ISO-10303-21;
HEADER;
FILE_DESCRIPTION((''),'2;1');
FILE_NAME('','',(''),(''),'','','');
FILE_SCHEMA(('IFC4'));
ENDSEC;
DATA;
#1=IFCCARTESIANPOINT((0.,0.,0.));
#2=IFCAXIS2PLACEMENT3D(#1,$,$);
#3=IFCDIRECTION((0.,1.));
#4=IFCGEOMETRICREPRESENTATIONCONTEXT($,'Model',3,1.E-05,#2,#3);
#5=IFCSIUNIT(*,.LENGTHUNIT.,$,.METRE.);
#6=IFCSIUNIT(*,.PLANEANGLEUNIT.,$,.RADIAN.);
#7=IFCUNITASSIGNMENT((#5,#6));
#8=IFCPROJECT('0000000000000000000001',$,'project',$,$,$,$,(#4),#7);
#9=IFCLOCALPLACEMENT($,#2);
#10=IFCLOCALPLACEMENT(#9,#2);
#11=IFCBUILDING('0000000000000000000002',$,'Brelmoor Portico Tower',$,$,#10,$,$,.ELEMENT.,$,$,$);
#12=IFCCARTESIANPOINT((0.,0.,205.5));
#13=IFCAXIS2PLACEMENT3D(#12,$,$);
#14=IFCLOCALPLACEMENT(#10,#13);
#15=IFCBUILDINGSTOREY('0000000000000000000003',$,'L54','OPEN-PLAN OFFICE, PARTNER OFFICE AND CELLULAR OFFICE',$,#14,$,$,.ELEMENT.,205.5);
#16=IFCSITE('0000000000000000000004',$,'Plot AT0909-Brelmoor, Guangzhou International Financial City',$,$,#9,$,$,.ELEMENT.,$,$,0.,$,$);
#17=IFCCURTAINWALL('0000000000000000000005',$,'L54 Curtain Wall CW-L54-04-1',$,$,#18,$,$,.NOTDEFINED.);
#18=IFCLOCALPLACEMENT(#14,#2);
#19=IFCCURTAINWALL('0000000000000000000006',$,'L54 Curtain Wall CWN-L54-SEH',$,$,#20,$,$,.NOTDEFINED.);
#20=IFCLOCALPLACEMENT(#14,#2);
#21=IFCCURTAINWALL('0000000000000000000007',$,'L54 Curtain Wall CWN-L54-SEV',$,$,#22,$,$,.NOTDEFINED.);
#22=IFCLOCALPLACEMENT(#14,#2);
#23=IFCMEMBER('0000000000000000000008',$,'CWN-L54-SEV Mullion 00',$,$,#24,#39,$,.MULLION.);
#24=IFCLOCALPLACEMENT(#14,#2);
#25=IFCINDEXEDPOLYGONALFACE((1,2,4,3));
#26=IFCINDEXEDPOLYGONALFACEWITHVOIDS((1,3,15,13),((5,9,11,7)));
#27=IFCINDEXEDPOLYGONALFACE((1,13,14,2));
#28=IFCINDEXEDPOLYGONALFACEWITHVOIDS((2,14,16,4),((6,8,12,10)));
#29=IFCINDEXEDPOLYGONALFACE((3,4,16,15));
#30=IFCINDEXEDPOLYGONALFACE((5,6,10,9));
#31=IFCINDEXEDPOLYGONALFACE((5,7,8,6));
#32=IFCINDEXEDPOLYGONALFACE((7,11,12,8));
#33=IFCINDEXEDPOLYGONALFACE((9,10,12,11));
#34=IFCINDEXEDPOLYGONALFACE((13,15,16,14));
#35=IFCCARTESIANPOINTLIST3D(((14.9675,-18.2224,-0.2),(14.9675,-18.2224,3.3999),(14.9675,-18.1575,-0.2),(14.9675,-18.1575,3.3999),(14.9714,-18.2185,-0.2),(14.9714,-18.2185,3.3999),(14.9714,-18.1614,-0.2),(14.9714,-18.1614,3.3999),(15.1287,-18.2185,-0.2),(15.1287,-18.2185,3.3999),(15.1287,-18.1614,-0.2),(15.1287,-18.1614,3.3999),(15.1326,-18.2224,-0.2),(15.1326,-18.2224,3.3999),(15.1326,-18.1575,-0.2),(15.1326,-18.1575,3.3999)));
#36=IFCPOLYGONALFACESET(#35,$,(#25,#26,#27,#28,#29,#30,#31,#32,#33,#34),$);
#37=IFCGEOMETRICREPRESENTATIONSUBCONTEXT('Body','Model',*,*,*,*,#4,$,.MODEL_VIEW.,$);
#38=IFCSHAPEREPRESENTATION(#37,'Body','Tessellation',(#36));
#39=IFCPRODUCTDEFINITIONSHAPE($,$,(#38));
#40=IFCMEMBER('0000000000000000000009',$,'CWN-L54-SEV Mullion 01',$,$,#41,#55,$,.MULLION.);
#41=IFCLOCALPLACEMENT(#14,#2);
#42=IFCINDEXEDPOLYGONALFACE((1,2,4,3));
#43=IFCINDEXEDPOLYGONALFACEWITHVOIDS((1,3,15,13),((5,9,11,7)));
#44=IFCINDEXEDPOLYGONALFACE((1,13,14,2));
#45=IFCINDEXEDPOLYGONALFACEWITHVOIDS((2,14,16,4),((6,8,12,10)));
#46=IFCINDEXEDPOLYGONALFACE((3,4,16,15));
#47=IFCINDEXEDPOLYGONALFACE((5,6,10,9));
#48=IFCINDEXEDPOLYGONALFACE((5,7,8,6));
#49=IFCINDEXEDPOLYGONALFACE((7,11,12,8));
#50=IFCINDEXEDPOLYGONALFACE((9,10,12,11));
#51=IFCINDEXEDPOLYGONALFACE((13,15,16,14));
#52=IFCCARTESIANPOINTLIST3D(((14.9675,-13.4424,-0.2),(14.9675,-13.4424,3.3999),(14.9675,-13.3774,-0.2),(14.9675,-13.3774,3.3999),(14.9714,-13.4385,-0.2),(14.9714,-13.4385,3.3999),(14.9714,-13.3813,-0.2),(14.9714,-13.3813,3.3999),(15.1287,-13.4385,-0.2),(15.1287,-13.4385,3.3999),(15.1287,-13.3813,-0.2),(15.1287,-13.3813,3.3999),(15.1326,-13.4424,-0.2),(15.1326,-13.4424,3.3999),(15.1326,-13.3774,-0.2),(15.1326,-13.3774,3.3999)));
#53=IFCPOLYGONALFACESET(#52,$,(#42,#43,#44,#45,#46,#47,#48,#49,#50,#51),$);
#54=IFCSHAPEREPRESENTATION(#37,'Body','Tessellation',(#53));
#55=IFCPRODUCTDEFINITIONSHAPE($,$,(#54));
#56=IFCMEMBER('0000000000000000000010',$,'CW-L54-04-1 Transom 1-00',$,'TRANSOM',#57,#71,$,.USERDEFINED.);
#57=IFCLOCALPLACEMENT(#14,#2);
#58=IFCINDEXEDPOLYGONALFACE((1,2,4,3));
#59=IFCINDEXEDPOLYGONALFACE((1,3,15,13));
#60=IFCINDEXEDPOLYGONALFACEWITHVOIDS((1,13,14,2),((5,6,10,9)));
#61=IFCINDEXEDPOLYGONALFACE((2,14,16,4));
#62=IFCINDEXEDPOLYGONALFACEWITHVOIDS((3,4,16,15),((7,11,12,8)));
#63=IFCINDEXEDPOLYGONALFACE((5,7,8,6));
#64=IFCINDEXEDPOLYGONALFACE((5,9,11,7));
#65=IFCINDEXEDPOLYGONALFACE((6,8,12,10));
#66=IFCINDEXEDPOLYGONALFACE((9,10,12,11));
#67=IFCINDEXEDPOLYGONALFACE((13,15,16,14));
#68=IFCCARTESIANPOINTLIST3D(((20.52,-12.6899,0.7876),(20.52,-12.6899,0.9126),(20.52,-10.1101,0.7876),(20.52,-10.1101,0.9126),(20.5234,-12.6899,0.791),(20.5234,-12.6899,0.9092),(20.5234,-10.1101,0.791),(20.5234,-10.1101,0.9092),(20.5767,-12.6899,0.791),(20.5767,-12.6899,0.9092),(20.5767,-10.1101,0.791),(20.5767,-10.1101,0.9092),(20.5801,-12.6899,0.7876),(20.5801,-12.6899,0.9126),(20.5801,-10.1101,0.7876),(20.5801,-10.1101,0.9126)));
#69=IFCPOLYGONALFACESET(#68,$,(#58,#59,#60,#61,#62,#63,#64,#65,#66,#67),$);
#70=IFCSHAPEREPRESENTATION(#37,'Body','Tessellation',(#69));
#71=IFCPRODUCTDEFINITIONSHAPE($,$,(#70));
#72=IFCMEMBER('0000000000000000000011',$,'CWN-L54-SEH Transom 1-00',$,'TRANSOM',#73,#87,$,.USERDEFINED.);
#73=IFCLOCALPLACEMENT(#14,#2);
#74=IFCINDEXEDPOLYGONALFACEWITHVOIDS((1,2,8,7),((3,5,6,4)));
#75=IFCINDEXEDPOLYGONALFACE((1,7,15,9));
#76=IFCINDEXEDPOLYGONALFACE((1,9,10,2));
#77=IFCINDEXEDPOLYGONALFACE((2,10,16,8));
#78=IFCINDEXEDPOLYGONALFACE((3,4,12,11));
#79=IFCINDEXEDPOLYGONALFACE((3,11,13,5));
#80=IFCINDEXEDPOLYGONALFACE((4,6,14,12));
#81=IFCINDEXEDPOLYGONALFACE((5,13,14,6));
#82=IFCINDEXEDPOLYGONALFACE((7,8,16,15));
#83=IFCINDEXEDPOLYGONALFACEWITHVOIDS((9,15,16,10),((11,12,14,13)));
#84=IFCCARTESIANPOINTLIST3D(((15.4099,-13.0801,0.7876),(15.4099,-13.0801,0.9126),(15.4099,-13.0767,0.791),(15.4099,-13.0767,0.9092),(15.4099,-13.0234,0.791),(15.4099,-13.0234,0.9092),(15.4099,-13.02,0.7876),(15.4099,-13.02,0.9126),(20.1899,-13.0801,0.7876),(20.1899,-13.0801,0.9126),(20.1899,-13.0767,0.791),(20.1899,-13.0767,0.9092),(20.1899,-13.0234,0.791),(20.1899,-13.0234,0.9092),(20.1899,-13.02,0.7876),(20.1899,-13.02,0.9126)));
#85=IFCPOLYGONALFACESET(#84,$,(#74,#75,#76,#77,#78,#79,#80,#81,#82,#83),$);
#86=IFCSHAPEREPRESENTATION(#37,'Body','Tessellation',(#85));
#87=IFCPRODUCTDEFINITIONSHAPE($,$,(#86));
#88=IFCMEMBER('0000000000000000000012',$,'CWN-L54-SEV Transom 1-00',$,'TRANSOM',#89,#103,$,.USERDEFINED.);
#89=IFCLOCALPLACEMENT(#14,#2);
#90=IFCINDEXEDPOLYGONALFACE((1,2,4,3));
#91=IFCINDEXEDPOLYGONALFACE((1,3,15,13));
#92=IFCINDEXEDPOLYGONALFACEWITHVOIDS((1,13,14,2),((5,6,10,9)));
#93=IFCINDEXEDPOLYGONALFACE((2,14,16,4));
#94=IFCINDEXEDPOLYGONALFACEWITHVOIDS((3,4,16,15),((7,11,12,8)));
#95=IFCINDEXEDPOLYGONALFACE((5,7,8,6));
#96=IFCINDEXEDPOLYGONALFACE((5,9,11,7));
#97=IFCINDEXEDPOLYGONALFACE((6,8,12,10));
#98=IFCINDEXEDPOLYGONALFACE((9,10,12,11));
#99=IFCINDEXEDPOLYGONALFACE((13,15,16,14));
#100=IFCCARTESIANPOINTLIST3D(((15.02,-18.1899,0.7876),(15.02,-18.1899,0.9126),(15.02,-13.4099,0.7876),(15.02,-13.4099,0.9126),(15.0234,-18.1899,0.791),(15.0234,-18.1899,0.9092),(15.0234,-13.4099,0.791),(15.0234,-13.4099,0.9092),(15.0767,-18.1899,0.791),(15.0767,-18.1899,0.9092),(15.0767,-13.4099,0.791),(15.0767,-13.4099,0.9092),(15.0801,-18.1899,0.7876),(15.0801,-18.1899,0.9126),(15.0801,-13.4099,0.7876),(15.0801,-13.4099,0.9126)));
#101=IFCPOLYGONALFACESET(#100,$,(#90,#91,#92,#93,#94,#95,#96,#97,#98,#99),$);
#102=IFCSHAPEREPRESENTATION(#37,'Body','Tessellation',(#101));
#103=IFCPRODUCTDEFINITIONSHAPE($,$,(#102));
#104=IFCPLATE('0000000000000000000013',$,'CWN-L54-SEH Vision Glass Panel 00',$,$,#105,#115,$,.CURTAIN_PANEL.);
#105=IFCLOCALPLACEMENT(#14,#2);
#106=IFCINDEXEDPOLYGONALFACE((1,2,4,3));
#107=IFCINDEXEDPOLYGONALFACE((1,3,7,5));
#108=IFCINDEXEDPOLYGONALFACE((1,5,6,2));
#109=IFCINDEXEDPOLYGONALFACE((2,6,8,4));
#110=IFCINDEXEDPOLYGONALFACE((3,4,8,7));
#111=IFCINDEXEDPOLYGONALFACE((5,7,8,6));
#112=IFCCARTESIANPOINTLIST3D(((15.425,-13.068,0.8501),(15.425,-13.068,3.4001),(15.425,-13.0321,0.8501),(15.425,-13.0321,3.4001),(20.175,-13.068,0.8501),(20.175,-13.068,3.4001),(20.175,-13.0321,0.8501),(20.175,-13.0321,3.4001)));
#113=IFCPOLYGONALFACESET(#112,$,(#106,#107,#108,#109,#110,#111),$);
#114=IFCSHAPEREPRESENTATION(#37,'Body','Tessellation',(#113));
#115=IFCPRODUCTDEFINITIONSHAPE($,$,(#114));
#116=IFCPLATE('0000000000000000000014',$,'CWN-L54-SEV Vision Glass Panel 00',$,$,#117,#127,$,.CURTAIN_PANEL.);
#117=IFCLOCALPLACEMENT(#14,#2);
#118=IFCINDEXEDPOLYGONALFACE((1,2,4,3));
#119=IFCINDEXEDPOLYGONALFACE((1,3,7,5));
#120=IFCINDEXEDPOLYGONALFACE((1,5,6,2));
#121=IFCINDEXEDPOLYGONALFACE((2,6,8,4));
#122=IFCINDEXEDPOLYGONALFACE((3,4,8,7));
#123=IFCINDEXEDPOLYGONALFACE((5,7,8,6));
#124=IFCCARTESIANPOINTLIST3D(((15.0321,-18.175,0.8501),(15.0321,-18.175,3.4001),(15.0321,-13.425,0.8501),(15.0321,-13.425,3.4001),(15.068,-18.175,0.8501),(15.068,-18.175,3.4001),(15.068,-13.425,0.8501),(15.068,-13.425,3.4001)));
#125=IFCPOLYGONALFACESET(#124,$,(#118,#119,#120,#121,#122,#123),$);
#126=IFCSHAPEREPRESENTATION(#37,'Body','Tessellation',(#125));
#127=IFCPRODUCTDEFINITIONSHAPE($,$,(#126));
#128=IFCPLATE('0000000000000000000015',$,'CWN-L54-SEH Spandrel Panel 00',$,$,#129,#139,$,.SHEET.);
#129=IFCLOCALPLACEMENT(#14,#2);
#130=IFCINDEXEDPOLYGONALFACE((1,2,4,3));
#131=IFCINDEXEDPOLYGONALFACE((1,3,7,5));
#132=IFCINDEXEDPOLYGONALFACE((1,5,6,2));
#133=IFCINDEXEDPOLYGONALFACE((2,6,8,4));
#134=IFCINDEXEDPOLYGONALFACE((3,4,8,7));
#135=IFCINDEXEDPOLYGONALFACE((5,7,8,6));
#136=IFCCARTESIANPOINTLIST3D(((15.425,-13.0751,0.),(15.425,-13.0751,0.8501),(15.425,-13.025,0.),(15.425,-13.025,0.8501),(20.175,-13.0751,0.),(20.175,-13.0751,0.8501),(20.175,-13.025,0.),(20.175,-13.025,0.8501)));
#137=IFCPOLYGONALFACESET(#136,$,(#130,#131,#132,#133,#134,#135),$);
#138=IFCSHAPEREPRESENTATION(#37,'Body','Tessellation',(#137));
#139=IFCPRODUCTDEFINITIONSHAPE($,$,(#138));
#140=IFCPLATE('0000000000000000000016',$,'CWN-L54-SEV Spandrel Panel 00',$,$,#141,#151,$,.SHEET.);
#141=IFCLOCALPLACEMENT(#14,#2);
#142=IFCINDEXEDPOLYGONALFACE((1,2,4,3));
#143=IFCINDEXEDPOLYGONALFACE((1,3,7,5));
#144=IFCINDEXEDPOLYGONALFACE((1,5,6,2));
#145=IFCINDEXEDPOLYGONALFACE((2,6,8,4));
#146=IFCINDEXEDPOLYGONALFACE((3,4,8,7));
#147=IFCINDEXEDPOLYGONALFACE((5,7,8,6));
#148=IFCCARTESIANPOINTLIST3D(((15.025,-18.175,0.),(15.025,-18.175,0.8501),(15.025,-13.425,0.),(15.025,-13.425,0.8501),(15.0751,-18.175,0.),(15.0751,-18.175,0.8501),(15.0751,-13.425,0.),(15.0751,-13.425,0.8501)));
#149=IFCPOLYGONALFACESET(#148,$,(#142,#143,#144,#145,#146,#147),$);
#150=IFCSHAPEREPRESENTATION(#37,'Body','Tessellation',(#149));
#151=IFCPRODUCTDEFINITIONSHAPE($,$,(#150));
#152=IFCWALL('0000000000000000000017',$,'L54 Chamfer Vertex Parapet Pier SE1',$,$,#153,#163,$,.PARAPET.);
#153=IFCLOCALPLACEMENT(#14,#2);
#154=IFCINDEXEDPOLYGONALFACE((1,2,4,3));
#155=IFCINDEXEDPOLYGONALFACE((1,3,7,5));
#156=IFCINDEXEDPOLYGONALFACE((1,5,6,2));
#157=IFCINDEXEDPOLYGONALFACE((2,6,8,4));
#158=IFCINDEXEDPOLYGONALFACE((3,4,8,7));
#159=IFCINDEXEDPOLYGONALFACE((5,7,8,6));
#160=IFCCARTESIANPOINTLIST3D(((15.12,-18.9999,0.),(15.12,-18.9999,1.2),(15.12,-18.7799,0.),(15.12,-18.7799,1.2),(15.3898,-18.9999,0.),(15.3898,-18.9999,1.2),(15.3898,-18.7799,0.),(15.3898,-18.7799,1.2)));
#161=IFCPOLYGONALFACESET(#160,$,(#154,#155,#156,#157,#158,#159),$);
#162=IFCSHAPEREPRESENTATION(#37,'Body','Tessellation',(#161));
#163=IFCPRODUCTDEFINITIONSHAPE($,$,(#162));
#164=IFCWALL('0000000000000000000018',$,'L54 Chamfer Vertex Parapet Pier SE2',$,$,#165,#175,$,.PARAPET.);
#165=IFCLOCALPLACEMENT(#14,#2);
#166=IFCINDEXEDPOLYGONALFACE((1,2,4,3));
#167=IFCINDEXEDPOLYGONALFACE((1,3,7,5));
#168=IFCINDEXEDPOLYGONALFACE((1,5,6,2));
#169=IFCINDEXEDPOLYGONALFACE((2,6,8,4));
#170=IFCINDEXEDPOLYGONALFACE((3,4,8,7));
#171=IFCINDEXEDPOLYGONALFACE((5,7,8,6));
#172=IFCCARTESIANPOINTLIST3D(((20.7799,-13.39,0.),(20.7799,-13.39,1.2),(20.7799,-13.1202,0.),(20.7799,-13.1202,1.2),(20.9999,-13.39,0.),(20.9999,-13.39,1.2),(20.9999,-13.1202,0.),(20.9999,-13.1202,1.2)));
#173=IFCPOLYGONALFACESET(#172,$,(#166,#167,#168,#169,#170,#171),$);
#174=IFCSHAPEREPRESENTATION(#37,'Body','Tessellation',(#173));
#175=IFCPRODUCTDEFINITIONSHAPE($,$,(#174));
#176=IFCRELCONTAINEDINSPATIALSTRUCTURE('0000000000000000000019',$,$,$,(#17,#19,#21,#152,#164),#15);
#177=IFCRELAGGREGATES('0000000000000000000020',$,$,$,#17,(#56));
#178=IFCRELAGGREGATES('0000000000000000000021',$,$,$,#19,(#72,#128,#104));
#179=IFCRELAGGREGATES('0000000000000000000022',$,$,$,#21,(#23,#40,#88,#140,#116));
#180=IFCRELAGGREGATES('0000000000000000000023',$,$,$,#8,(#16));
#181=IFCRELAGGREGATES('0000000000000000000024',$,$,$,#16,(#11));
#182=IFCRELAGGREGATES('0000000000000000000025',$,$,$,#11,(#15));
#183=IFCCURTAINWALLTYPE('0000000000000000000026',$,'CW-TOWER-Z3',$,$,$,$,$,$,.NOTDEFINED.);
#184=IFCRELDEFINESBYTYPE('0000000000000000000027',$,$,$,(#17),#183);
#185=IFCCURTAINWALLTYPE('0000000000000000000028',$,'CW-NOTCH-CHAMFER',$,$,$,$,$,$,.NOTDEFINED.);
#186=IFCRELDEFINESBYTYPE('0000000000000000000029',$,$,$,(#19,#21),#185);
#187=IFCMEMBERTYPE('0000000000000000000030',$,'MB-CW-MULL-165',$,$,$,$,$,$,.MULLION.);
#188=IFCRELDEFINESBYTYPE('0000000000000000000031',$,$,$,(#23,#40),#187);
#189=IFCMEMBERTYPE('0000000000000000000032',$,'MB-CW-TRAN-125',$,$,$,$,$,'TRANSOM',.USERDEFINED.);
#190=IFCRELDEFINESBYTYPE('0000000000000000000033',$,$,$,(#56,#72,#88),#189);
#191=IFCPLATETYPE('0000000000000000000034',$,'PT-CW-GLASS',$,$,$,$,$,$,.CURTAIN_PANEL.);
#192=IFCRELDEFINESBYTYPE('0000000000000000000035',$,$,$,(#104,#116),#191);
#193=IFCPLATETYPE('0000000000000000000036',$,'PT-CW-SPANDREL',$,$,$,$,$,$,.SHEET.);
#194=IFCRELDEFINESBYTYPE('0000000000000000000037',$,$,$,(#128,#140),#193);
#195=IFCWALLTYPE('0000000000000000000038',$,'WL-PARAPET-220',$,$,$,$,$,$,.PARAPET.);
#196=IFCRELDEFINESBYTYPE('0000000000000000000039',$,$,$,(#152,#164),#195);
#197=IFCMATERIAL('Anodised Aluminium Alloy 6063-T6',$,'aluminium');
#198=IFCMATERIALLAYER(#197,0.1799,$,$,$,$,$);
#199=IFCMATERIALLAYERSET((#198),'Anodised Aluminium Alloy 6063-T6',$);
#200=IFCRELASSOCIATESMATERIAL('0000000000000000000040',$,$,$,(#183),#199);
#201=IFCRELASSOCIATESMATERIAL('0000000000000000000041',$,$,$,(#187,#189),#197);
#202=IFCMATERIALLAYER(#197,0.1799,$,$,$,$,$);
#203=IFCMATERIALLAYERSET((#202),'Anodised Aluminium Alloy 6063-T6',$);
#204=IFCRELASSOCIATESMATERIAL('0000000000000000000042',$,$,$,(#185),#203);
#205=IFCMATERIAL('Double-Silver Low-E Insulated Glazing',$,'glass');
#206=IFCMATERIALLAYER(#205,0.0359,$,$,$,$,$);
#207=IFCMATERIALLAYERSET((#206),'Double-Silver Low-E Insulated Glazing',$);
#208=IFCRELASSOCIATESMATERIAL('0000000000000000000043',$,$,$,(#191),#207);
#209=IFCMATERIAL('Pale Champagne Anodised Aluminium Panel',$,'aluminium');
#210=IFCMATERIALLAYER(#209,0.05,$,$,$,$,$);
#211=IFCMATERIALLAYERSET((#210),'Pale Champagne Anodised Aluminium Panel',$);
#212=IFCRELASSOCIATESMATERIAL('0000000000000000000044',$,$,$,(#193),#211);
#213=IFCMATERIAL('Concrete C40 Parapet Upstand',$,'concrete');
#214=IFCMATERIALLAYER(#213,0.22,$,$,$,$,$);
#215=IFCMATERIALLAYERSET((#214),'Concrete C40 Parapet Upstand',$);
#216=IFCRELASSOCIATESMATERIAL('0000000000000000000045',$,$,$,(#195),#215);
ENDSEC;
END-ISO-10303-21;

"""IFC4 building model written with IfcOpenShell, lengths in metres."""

from ifc_helpers import new_model, si_unit, direction, frame, frame_2d, origin, origin_2d, place, context, subcontext, project, spatial, rectangle, hollow_rectangle, extrude, material, layer, layer_set, material_profile, profile_set, type_object, element, aggregate, save


model = new_model("IFC4")

# Units and contexts
model_context = context("Model", 3, precision=1e-05, world=origin(), true_north=direction((0.0, 1.0)))
body_context = subcontext(model_context, "Body", "Model", "MODEL_VIEW")
ifc_project = project(units=[si_unit("LENGTHUNIT", "METRE"), si_unit("PLANEANGLEUNIT", "RADIAN")], contexts=[model_context])

# Site, building, storey
site_placement = place(None, origin())
site = spatial("IfcSite", under=ifc_project, at=site_placement, Name="Plot AT0909-Brelmoor, Guangzhou International Financial City", CompositionType="ELEMENT", RefElevation=0.0)
building_placement = place(site_placement, origin())
building = spatial("IfcBuilding", under=site, at=building_placement, Name="Brelmoor Portico Tower", CompositionType="ELEMENT")
storey_placement = place(building_placement, frame((0.0, 0.0, 205.5)))
storey = spatial("IfcBuildingStorey", under=building, at=storey_placement, Name="L54", Description="OPEN-PLAN OFFICE, PARTNER OFFICE AND CELLULAR OFFICE", CompositionType="ELEMENT", Elevation=205.5)

# Curtain wall
ifc_material_1 = material(Name="Anodised Aluminium Alloy 6063-T6", Category="aluminium")
ifc_layer_1 = layer(ifc_material_1, 0.1799)
ifc_layer_set_1 = layer_set([ifc_layer_1], Name="Anodised Aluminium Alloy 6063-T6")
curtain_wall_type_1 = type_object("IfcCurtainWallType", Name="CW-TOWER-Z3", PredefinedType="NOTDEFINED", material=ifc_layer_set_1)
ifc_material_profile_1 = material_profile(ifc_material_1, hollow_rectangle(XDim=0.0649, YDim=0.165, WallThickness=0.0039, at=origin_2d()), Name="ALU MULLION 65x165")
ifc_profile_set_1 = profile_set([ifc_material_profile_1], Name="Anodised Aluminium Alloy 6063-T6")
member_type_1 = type_object("IfcMemberType", Name="MB-CW-MULL-165", PredefinedType="MULLION", material=ifc_profile_set_1)
curtain_wall_1_placement = place(storey_placement, origin())
curtain_wall_1 = element("IfcCurtainWall", 1, at=curtain_wall_1_placement, inside=storey, type_object=curtain_wall_type_1, Name="L54 Curtain Wall CW-L54-04-1", PredefinedType="NOTDEFINED")

# Curtain walls, members
ifc_layer_2 = layer(ifc_material_1, 0.1799)
ifc_layer_set_2 = layer_set([ifc_layer_2], Name="Anodised Aluminium Alloy 6063-T6")
curtain_wall_type_2 = type_object("IfcCurtainWallType", Name="CW-NOTCH-CHAMFER", PredefinedType="NOTDEFINED", material=ifc_layer_set_2)
curtain_wall_2_placement = place(storey_placement, origin())
curtain_wall_2 = element("IfcCurtainWall", 2, at=curtain_wall_2_placement, inside=storey, type_object=curtain_wall_type_2, Name="L54 Curtain Wall CWN-L54-SEH", PredefinedType="NOTDEFINED")
curtain_wall_3_placement = place(storey_placement, origin())
curtain_wall_3 = element("IfcCurtainWall", 3, at=curtain_wall_3_placement, inside=storey, type_object=curtain_wall_type_2, Name="L54 Curtain Wall CWN-L54-SEV", PredefinedType="NOTDEFINED")
member_1_placement = place(storey_placement, frame((15.05, -18.1899, -0.2), z_axis=(0.0, 0.0, 1.0), x_axis=(0.0, 1.0, 0.0)))
member_1 = element("IfcMember", 4, at=member_1_placement, type_object=member_type_1, Name="CWN-L54-SEV Mullion 00", PredefinedType="MULLION", context=body_context, shape_type="SweptSolid", body=[
    extrude(hollow_rectangle(XDim=0.0649, YDim=0.165, WallThickness=0.0039, at=origin_2d()), origin(), (0.0, 0.0, 1.0), 3.5999),
])
member_2_placement = place(storey_placement, frame((15.05, -13.4099, -0.2), z_axis=(0.0, 0.0, 1.0), x_axis=(0.0, 1.0, 0.0)))
member_2 = element("IfcMember", 5, at=member_2_placement, type_object=member_type_1, Name="CWN-L54-SEV Mullion 01", PredefinedType="MULLION", context=body_context, shape_type="SweptSolid", body=[
    extrude(hollow_rectangle(XDim=0.0649, YDim=0.165, WallThickness=0.0039, at=origin_2d()), origin(), (0.0, 0.0, 1.0), 3.5999),
])

# Members
ifc_material_profile_2 = material_profile(ifc_material_1, hollow_rectangle(XDim=0.0601, YDim=0.125, WallThickness=0.0034, at=origin_2d()), Name="ALU TRANSOM 60x125")
ifc_profile_set_2 = profile_set([ifc_material_profile_2], Name="Anodised Aluminium Alloy 6063-T6")
member_type_2 = type_object("IfcMemberType", Name="MB-CW-TRAN-125", ElementType="TRANSOM", PredefinedType="USERDEFINED", material=ifc_profile_set_2)
member_3_placement = place(storey_placement, frame((20.55, -12.6899, 0.8501), z_axis=(0.0, 1.0, 0.0), x_axis=(-1.0, 0.0, 0.0)))
member_3 = element("IfcMember", 6, at=member_3_placement, type_object=member_type_2, Name="CW-L54-04-1 Transom 1-00", ObjectType="TRANSOM", PredefinedType="USERDEFINED", context=body_context, shape_type="SweptSolid", body=[
    extrude(hollow_rectangle(XDim=0.0601, YDim=0.125, WallThickness=0.0034, at=origin_2d()), origin(), (0.0, 0.0, 1.0), 2.5798),
])
aggregate(curtain_wall_1, [member_3])
member_4_placement = place(storey_placement, frame((15.4099, -13.05, 0.8501), z_axis=(1.0, 0.0, 0.0), x_axis=(0.0, 1.0, 0.0)))
member_4 = element("IfcMember", 7, at=member_4_placement, type_object=member_type_2, Name="CWN-L54-SEH Transom 1-00", ObjectType="TRANSOM", PredefinedType="USERDEFINED", context=body_context, shape_type="SweptSolid", body=[
    extrude(hollow_rectangle(XDim=0.0601, YDim=0.125, WallThickness=0.0034, at=origin_2d()), origin(), (0.0, 0.0, 1.0), 4.78),
])
member_5_placement = place(storey_placement, frame((15.05, -18.1899, 0.8501), z_axis=(0.0, 1.0, 0.0), x_axis=(-1.0, 0.0, 0.0)))
member_5 = element("IfcMember", 8, at=member_5_placement, type_object=member_type_2, Name="CWN-L54-SEV Transom 1-00", ObjectType="TRANSOM", PredefinedType="USERDEFINED", context=body_context, shape_type="SweptSolid", body=[
    extrude(hollow_rectangle(XDim=0.0601, YDim=0.125, WallThickness=0.0034, at=origin_2d()), origin(), (0.0, 0.0, 1.0), 4.78),
])

# Plates
ifc_material_2 = material(Name="Double-Silver Low-E Insulated Glazing", Category="glass")
ifc_layer_3 = layer(ifc_material_2, 0.0359)
ifc_layer_set_3 = layer_set([ifc_layer_3], Name="Double-Silver Low-E Insulated Glazing")
plate_type_1 = type_object("IfcPlateType", Name="PT-CW-GLASS", PredefinedType="CURTAIN_PANEL", material=ifc_layer_set_3)
plate_1_placement = place(storey_placement, frame((17.8, -13.05, 0.8501), z_axis=(0.0, 0.0, 1.0), x_axis=(1.0, 0.0, 0.0)))
plate_1 = element("IfcPlate", 9, at=plate_1_placement, type_object=plate_type_1, Name="CWN-L54-SEH Vision Glass Panel 00", PredefinedType="CURTAIN_PANEL", context=body_context, shape_type="SweptSolid", body=[
    extrude(rectangle(XDim=4.75, YDim=0.0359, at=origin_2d()), origin(), (0.0, 0.0, 1.0), 2.55),
])
plate_2_placement = place(storey_placement, frame((15.05, -15.8, 0.8501), z_axis=(0.0, 0.0, 1.0), x_axis=(0.0, 1.0, 0.0)))
plate_2 = element("IfcPlate", 10, at=plate_2_placement, type_object=plate_type_1, Name="CWN-L54-SEV Vision Glass Panel 00", PredefinedType="CURTAIN_PANEL", context=body_context, shape_type="SweptSolid", body=[
    extrude(rectangle(XDim=4.75, YDim=0.0359, at=origin_2d()), origin(), (0.0, 0.0, 1.0), 2.55),
])
ifc_material_3 = material(Name="Pale Champagne Anodised Aluminium Panel", Category="aluminium")
ifc_layer_4 = layer(ifc_material_3, 0.05)
ifc_layer_set_4 = layer_set([ifc_layer_4], Name="Pale Champagne Anodised Aluminium Panel")
plate_type_2 = type_object("IfcPlateType", Name="PT-CW-SPANDREL", PredefinedType="SHEET", material=ifc_layer_set_4)
plate_3_placement = place(storey_placement, frame((17.8, -13.05, 0.0), z_axis=(0.0, 0.0, 1.0), x_axis=(1.0, 0.0, 0.0)))
plate_3 = element("IfcPlate", 11, at=plate_3_placement, type_object=plate_type_2, Name="CWN-L54-SEH Spandrel Panel 00", PredefinedType="SHEET", context=body_context, shape_type="SweptSolid", body=[
    extrude(rectangle(XDim=4.75, YDim=0.05, at=origin_2d()), origin(), (0.0, 0.0, 1.0), 0.8501),
])
aggregate(curtain_wall_2, [member_4, plate_3, plate_1])
plate_4_placement = place(storey_placement, frame((15.05, -15.8, 0.0), z_axis=(0.0, 0.0, 1.0), x_axis=(0.0, 1.0, 0.0)))
plate_4 = element("IfcPlate", 12, at=plate_4_placement, type_object=plate_type_2, Name="CWN-L54-SEV Spandrel Panel 00", PredefinedType="SHEET", context=body_context, shape_type="SweptSolid", body=[
    extrude(rectangle(XDim=4.75, YDim=0.05, at=origin_2d()), origin(), (0.0, 0.0, 1.0), 0.8501),
])
aggregate(curtain_wall_3, [member_1, member_2, member_5, plate_4, plate_2])

# Walls
ifc_material_4 = material(Name="Concrete C40 Parapet Upstand", Category="concrete")
ifc_layer_5 = layer(ifc_material_4, 0.22)
ifc_layer_set_5 = layer_set([ifc_layer_5], Name="Concrete C40 Parapet Upstand")
wall_type = type_object("IfcWallType", Name="WL-PARAPET-220", PredefinedType="PARAPET", material=ifc_layer_set_5)
for number, where, z_axis, x_axis, name in (
    (13, (15.1201, -18.8899, 0.0), (0.0, 0.0, 1.0), (1.0, 0.0, 0.0), "L54 Chamfer Vertex Parapet Pier SE1"),
    (14, (20.8899, -13.3899, 0.0), (0.0, 0.0, 1.0), (0.0, 1.0, 0.0), "L54 Chamfer Vertex Parapet Pier SE2"),
):
    element("IfcWall", number, at=place(storey_placement, frame(where, z_axis=z_axis, x_axis=x_axis)), inside=storey, type_object=wall_type, Name=name, PredefinedType="PARAPET", context=body_context, shape_type="SweptSolid", body=[
        extrude(rectangle(XDim=0.2698, YDim=0.22, at=frame_2d((0.1348, 0.0))), origin(), (0.0, 0.0, 1.0), 1.2),
    ])

save(model, "model.ifc")
